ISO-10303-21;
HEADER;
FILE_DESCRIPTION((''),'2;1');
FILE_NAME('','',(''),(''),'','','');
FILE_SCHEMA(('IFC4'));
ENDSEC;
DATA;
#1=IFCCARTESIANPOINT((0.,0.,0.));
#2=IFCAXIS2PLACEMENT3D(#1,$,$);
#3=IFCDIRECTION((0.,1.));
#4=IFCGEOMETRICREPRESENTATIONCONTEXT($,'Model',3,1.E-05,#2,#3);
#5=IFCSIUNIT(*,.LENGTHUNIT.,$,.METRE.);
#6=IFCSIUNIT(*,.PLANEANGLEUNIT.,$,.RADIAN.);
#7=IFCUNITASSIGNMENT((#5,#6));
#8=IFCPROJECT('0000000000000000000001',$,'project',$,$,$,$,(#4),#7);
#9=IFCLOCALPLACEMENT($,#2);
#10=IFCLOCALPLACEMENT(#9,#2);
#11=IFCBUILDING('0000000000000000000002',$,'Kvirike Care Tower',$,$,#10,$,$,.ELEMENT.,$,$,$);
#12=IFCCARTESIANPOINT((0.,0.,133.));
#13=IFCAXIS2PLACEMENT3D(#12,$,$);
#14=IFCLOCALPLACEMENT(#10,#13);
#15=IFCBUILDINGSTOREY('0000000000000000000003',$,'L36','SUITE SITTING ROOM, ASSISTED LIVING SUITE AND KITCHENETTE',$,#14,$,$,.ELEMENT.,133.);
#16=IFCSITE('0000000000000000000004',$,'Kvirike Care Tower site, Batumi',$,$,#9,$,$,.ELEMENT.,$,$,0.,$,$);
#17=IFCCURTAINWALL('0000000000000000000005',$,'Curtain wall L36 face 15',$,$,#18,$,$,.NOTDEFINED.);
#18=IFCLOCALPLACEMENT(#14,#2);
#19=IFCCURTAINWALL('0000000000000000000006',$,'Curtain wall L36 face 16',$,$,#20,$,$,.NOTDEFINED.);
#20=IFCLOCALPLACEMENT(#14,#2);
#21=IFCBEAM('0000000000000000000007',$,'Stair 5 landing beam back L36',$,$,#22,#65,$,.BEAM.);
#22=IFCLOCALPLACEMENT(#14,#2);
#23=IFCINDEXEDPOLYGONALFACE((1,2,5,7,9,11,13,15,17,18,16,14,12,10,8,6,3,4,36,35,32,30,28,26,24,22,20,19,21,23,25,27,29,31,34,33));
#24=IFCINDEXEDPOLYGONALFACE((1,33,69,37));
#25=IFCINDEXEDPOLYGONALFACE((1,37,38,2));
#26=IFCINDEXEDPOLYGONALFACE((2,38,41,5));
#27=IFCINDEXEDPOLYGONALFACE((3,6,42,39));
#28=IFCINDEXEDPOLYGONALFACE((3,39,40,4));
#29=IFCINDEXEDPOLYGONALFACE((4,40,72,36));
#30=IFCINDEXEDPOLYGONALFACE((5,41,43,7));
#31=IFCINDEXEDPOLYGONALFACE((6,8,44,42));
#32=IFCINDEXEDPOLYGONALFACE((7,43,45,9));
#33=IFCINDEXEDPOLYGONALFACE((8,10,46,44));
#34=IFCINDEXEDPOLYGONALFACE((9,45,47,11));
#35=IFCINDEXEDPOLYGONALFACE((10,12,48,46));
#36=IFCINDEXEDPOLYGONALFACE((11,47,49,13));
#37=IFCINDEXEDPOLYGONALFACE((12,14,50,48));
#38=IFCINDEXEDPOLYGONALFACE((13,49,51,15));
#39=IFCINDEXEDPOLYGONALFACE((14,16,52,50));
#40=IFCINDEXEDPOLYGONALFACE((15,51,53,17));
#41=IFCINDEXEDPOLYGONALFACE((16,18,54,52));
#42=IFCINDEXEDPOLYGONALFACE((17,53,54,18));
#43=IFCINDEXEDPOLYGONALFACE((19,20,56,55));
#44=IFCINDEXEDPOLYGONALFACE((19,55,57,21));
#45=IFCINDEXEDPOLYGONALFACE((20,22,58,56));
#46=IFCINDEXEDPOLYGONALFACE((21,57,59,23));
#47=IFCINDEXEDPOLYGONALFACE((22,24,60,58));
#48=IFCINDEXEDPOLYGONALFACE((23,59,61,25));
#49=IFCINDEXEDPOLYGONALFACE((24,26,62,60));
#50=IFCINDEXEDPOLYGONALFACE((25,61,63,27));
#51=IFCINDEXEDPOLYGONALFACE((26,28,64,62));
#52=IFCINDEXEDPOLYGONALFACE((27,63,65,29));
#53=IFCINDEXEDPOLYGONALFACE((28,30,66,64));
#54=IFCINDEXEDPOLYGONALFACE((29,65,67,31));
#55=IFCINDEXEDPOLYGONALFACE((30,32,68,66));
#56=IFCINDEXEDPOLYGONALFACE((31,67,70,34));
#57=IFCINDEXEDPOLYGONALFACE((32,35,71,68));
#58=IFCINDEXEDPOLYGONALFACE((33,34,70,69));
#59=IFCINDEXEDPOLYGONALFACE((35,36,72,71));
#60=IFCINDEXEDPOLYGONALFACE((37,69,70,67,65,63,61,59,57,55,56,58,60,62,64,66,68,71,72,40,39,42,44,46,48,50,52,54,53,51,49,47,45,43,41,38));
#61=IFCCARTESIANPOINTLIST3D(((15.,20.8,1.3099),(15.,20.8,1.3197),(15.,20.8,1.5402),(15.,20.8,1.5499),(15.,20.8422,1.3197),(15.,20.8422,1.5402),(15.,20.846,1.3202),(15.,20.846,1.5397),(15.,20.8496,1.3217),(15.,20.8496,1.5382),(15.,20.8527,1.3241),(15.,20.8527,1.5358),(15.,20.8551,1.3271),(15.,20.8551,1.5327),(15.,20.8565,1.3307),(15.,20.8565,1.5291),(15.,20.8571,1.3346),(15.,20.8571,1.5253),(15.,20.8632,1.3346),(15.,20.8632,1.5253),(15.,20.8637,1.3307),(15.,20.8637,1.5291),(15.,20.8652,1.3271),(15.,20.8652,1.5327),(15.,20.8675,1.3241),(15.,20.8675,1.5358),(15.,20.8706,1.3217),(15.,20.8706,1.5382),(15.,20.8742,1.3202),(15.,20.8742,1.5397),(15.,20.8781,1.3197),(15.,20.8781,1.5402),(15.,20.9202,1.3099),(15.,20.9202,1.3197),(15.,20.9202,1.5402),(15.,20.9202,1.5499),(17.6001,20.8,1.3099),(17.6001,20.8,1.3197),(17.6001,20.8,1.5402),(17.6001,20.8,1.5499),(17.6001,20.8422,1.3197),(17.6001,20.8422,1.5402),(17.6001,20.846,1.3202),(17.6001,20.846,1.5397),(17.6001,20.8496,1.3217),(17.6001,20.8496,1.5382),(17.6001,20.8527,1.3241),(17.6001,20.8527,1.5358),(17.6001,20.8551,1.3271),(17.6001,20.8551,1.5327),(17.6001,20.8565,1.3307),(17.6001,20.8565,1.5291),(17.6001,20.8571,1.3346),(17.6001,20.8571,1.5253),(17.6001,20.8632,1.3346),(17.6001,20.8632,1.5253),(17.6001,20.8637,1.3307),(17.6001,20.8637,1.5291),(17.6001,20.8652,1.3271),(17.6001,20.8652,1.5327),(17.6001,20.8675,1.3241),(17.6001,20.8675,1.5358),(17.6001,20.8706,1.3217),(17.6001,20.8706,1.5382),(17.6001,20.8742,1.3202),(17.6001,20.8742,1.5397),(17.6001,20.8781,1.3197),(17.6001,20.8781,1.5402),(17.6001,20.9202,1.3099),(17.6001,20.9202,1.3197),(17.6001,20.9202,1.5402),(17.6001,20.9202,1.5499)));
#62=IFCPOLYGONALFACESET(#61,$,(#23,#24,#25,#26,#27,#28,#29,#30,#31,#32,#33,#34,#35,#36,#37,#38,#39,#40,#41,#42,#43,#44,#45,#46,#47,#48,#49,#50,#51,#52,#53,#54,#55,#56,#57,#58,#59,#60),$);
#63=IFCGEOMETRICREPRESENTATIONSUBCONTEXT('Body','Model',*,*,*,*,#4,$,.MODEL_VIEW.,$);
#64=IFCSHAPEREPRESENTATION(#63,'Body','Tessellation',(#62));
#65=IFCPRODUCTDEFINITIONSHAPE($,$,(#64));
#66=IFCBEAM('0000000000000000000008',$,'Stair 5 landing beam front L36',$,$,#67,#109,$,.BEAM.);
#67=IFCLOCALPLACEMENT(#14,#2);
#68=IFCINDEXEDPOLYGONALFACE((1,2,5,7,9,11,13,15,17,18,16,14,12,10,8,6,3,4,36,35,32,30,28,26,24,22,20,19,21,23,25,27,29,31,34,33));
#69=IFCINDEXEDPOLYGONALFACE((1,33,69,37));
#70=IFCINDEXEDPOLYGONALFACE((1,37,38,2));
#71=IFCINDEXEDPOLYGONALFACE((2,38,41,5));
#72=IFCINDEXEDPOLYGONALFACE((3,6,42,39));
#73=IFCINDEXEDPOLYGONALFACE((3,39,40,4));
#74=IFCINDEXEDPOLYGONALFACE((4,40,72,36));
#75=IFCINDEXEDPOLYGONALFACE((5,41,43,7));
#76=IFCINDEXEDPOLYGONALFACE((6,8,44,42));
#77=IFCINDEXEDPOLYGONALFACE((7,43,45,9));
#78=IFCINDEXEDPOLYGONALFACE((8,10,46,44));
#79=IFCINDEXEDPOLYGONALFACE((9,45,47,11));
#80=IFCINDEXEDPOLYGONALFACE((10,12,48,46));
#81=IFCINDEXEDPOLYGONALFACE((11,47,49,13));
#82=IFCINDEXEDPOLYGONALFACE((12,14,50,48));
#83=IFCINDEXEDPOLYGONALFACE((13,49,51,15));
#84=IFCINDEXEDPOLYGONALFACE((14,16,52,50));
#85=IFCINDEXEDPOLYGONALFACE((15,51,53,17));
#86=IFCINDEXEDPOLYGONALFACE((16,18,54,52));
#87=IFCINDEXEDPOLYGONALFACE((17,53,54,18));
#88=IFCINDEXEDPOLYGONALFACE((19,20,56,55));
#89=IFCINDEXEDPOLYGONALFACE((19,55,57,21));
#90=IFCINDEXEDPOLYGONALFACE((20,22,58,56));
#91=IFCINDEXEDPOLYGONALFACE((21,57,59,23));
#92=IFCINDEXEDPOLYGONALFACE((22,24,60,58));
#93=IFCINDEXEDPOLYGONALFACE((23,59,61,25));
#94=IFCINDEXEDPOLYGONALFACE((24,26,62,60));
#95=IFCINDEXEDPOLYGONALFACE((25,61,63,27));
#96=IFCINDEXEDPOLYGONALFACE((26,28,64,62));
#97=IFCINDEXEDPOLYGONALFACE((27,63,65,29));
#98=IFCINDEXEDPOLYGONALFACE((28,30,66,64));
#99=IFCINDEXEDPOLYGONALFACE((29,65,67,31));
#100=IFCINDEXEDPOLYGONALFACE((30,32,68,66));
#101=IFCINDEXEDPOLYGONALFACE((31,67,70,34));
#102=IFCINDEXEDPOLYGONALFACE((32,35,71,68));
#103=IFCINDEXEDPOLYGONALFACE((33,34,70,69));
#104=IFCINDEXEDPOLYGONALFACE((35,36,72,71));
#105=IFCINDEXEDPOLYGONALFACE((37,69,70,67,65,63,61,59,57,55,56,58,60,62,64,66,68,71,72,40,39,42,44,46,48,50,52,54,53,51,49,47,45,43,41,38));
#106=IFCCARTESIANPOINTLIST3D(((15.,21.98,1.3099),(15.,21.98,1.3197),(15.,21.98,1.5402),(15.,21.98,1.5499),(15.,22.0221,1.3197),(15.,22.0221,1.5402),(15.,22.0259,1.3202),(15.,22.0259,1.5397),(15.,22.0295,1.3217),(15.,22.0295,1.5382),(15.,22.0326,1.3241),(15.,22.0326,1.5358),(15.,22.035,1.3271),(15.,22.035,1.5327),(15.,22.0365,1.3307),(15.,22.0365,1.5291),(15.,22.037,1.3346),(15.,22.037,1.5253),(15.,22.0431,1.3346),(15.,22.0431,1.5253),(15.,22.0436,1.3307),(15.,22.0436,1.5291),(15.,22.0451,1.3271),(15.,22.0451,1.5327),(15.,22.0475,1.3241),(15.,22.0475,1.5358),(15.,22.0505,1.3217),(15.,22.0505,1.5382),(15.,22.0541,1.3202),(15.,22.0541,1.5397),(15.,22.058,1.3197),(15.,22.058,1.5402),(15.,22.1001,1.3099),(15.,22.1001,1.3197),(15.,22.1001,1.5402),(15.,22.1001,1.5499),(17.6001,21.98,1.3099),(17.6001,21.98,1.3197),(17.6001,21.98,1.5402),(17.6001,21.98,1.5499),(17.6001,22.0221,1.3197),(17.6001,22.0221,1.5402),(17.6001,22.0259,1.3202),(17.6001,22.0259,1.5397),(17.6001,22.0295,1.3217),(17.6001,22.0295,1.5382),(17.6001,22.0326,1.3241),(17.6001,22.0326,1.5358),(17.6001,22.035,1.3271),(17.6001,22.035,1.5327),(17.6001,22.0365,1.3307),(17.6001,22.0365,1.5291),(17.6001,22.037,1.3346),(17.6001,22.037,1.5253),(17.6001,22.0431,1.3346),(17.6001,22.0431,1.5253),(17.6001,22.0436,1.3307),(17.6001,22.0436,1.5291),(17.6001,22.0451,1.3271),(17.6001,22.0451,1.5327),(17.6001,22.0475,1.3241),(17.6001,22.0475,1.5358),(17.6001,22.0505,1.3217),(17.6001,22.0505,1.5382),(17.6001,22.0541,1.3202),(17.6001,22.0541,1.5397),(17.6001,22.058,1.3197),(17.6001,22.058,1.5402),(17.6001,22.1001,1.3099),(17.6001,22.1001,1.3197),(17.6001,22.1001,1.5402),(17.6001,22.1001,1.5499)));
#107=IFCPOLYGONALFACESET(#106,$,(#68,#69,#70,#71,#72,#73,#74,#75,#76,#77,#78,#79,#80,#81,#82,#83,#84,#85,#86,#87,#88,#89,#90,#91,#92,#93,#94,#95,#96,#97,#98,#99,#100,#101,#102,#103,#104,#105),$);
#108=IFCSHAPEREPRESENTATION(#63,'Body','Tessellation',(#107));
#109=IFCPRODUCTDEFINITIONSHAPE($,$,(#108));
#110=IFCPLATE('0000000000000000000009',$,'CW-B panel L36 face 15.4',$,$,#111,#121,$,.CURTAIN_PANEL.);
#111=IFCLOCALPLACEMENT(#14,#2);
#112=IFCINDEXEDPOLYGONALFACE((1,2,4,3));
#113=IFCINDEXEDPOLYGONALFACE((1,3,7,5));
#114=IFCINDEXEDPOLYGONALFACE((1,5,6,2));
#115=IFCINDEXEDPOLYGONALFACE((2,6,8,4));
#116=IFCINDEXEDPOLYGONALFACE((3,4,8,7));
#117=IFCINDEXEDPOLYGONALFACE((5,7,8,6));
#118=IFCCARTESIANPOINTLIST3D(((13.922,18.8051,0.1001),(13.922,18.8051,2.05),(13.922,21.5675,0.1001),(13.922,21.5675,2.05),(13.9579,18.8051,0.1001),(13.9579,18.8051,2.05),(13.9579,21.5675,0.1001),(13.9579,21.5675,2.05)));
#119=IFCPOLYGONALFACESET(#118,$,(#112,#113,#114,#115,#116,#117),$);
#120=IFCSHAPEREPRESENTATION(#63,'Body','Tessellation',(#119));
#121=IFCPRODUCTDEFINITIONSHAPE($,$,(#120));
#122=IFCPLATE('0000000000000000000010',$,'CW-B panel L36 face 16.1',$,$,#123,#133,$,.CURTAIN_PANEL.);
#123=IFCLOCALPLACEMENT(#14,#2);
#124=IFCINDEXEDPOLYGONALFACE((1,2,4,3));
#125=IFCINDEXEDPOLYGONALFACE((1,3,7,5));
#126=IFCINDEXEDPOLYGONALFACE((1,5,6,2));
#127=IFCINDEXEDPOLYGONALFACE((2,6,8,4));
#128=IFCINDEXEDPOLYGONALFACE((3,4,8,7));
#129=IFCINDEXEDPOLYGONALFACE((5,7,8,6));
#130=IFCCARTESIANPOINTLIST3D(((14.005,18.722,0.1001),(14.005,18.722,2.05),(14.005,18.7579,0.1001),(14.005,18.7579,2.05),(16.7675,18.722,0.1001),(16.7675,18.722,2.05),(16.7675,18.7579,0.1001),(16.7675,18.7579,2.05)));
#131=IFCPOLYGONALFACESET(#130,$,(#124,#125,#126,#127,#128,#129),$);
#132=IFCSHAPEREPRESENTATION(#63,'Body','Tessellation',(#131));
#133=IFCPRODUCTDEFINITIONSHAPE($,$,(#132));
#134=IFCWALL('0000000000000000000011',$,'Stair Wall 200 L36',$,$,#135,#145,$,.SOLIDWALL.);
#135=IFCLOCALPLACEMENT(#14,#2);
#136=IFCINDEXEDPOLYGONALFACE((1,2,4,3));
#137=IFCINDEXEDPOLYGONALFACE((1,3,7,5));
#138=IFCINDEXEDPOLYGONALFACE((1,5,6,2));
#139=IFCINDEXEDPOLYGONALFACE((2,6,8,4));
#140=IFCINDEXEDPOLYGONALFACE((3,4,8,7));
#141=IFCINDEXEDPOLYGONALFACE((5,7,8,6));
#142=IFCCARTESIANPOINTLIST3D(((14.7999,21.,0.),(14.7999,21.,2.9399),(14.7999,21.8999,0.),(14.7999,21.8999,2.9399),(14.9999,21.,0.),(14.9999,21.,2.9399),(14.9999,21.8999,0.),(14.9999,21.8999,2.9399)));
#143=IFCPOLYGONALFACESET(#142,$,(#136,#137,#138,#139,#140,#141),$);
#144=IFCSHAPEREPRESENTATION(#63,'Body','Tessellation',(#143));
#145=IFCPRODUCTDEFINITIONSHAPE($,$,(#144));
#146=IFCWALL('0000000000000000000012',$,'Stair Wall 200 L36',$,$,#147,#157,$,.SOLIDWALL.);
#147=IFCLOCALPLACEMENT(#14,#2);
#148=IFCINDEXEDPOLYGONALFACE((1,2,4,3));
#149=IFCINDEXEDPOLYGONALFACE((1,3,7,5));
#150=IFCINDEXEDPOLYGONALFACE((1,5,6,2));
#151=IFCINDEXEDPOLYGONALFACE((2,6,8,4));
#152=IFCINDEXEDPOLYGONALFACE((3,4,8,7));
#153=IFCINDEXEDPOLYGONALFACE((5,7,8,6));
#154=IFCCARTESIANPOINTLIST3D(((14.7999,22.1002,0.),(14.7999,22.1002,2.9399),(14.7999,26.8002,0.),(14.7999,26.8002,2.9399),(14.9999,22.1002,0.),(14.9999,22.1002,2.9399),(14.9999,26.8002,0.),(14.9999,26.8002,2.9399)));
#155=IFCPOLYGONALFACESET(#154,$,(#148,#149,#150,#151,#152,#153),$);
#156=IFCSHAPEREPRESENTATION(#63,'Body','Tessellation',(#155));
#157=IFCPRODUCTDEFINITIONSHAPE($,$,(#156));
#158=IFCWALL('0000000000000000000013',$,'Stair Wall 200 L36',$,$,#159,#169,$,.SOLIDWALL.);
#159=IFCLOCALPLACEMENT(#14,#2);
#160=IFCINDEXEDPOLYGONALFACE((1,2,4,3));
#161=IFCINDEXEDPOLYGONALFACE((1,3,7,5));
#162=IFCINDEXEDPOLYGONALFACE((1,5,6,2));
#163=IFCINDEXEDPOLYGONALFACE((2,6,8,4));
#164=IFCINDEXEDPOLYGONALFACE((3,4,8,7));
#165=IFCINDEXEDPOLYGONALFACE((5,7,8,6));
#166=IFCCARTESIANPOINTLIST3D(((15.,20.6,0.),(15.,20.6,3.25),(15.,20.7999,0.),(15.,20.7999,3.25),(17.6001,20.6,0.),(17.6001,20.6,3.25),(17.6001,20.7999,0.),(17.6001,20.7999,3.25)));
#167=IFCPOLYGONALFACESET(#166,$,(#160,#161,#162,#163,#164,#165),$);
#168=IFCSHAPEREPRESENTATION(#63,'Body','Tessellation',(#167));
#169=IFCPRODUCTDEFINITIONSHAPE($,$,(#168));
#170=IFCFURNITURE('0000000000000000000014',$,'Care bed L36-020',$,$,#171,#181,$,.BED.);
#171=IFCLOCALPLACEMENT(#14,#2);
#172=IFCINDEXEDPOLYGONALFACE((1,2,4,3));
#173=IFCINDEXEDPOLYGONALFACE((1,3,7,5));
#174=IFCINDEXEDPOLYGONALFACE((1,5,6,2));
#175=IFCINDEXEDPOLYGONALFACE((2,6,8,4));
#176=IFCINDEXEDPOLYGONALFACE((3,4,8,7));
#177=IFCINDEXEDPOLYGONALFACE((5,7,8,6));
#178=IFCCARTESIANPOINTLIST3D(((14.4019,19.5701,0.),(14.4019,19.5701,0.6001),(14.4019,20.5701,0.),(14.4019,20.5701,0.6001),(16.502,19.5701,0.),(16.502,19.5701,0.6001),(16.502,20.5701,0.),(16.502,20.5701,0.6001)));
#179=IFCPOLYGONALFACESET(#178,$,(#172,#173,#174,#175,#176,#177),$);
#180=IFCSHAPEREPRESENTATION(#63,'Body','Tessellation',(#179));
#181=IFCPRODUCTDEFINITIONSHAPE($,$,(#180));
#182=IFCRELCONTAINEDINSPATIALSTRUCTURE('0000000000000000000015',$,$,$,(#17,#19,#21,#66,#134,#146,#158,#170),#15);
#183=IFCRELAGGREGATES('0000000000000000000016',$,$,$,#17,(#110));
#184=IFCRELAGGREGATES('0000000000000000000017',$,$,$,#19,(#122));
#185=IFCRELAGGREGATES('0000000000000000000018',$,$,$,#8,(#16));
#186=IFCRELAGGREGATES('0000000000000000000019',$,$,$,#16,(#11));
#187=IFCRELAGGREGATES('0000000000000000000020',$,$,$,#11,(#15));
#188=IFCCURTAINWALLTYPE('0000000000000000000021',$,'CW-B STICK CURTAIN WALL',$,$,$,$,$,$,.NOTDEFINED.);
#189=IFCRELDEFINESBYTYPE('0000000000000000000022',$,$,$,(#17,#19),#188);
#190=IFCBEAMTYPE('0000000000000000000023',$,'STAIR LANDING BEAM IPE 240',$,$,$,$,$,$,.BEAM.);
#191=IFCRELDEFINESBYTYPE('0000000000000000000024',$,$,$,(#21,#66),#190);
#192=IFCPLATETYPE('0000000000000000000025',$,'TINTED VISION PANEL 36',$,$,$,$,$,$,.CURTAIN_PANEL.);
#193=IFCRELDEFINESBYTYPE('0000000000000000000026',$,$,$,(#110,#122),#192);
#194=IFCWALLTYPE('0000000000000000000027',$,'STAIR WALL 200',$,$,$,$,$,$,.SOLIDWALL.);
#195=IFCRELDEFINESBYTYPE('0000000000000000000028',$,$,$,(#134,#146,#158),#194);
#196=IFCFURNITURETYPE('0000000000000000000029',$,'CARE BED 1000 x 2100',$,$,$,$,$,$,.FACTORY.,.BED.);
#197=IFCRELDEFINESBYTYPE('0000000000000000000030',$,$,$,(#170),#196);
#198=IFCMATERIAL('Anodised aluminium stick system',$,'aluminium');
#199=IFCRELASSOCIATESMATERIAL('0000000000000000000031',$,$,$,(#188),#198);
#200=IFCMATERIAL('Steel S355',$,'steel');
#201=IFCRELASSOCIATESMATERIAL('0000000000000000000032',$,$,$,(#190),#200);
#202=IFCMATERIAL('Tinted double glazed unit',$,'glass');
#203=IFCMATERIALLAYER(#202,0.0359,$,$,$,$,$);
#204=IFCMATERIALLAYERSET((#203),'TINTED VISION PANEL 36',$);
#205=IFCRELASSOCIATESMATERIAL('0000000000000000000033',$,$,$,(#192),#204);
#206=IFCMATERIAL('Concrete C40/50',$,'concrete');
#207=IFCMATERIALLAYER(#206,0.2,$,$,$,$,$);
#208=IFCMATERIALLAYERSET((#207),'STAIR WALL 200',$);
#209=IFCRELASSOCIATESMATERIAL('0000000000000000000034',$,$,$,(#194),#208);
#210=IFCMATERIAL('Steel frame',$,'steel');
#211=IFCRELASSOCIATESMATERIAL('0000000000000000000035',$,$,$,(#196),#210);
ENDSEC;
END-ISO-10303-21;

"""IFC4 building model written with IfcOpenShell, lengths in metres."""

from ifc_helpers import new_model, si_unit, direction, frame, frame_2d, origin, origin_2d, place, context, subcontext, project, spatial, rectangle, i_section, extrude, material, layer, layer_set, material_profile, profile_set, type_object, element, aggregate, save


model = new_model("IFC4")

# Units and contexts
model_context = context("Model", 3, precision=1e-05, world=origin(), true_north=direction((0.0, 1.0)))
body_context = subcontext(model_context, "Body", "Model", "MODEL_VIEW")
ifc_project = project(units=[si_unit("LENGTHUNIT", "METRE"), si_unit("PLANEANGLEUNIT", "RADIAN")], contexts=[model_context])

# Site, building, storey
site_placement = place(None, origin())
site = spatial("IfcSite", under=ifc_project, at=site_placement, Name="Kvirike Care Tower site, Batumi", CompositionType="ELEMENT", RefElevation=0.0)
building_placement = place(site_placement, origin())
building = spatial("IfcBuilding", under=site, at=building_placement, Name="Kvirike Care Tower", CompositionType="ELEMENT")
storey_placement = place(building_placement, frame((0.0, 0.0, 133.0)))
storey = spatial("IfcBuildingStorey", under=building, at=storey_placement, Name="L36", Description="SUITE SITTING ROOM, ASSISTED LIVING SUITE AND KITCHENETTE", CompositionType="ELEMENT", Elevation=133.0)

# Curtain wall
ifc_material_1 = material(Name="Anodised aluminium stick system", Category="aluminium")
curtain_wall_type = type_object("IfcCurtainWallType", Name="CW-B STICK CURTAIN WALL", PredefinedType="NOTDEFINED", material=ifc_material_1)
curtain_wall_1_placement = place(storey_placement, origin())
curtain_wall_1 = element("IfcCurtainWall", 1, at=curtain_wall_1_placement, inside=storey, type_object=curtain_wall_type, Name="Curtain wall L36 face 15", PredefinedType="NOTDEFINED")

# Curtain wall
curtain_wall_2_placement = place(storey_placement, origin())
curtain_wall_2 = element("IfcCurtainWall", 2, at=curtain_wall_2_placement, inside=storey, type_object=curtain_wall_type, Name="Curtain wall L36 face 16", PredefinedType="NOTDEFINED")

# Beams
ifc_material_2 = material(Name="Steel S355", Category="steel")
ifc_material_profile_1 = material_profile(ifc_material_2, i_section(OverallWidth=0.1201, OverallDepth=0.24, WebThickness=0.0061, FlangeThickness=0.0098, FilletRadius=0.0149, at=origin_2d()), Name="IPE 240")
ifc_profile_set_1 = profile_set([ifc_material_profile_1], Name="Steel S355")
beam_type_1 = type_object("IfcBeamType", Name="STAIR LANDING BEAM IPE 240", PredefinedType="BEAM", material=ifc_profile_set_1)
for number, where, z_axis, x_axis, name in (
    (3, (15.0, 20.8601, 1.4299), (1.0, 0.0, 0.0), (0.0, 1.0, 0.0), "Stair 5 landing beam back L36"),
    (4, (15.0, 22.04, 1.4299), (1.0, 0.0, 0.0), (0.0, 1.0, 0.0), "Stair 5 landing beam front L36"),
):
    element("IfcBeam", number, at=place(storey_placement, frame(where, z_axis=z_axis, x_axis=x_axis)), inside=storey, type_object=beam_type_1, Name=name, PredefinedType="BEAM", context=body_context, shape_type="SweptSolid", body=[
        extrude(i_section(OverallWidth=0.1201, OverallDepth=0.24, WebThickness=0.0061, FlangeThickness=0.0098, FilletRadius=0.0149, at=origin_2d()), origin(), (0.0, 0.0, 1.0), 2.6001),
    ])

# Plates
ifc_material_3 = material(Name="Tinted double glazed unit", Category="glass")
ifc_layer_1 = layer(ifc_material_3, 0.0359)
ifc_layer_set_1 = layer_set([ifc_layer_1], Name="TINTED VISION PANEL 36")
plate_type = type_object("IfcPlateType", Name="TINTED VISION PANEL 36", PredefinedType="CURTAIN_PANEL", material=ifc_layer_set_1)
plate_1_placement = place(storey_placement, frame((13.9399, 20.1863, 0.1001), z_axis=(0.0, 0.0, 1.0), x_axis=(0.0, -1.0, 0.0)))
plate_1 = element("IfcPlate", 5, at=plate_1_placement, type_object=plate_type, Name="CW-B panel L36 face 15.4", PredefinedType="CURTAIN_PANEL", context=body_context, shape_type="SweptSolid", body=[
    extrude(rectangle(XDim=2.7625, YDim=0.0359, at=origin_2d()), origin(), (0.0, 0.0, 1.0), 1.95),
])
aggregate(curtain_wall_1, [plate_1])
plate_2_placement = place(storey_placement, frame((15.3862, 18.74, 0.1001), z_axis=(0.0, 0.0, 1.0), x_axis=(1.0, 0.0, 0.0)))
plate_2 = element("IfcPlate", 6, at=plate_2_placement, type_object=plate_type, Name="CW-B panel L36 face 16.1", PredefinedType="CURTAIN_PANEL", context=body_context, shape_type="SweptSolid", body=[
    extrude(rectangle(XDim=2.7625, YDim=0.0359, at=origin_2d()), origin(), (0.0, 0.0, 1.0), 1.95),
])
aggregate(curtain_wall_2, [plate_2])

# Walls
ifc_material_4 = material(Name="Concrete C40/50", Category="concrete")
ifc_layer_2 = layer(ifc_material_4, 0.2)
ifc_layer_set_2 = layer_set([ifc_layer_2], Name="STAIR WALL 200")
wall_type = type_object("IfcWallType", Name="STAIR WALL 200", PredefinedType="SOLIDWALL", material=ifc_layer_set_2)
wall_1_placement = place(storey_placement, frame((14.8999, 21.0, 0.0), z_axis=(0.0, 0.0, 1.0), x_axis=(0.0, 1.0, 0.0)))
element("IfcWall", 7, at=wall_1_placement, inside=storey, type_object=wall_type, Name="Stair Wall 200 L36", PredefinedType="SOLIDWALL", context=body_context, shape_type="SweptSolid", body=[
    extrude(rectangle(XDim=0.8999, YDim=0.2, at=frame_2d((0.45, 0.0))), origin(), (0.0, 0.0, 1.0), 2.9399),
])
wall_2_placement = place(storey_placement, frame((14.8999, 22.1001, 0.0), z_axis=(0.0, 0.0, 1.0), x_axis=(0.0, 1.0, 0.0)))
element("IfcWall", 8, at=wall_2_placement, inside=storey, type_object=wall_type, Name="Stair Wall 200 L36", PredefinedType="SOLIDWALL", context=body_context, shape_type="SweptSolid", body=[
    extrude(rectangle(XDim=4.7, YDim=0.2, at=frame_2d((2.3501, 0.0))), origin(), (0.0, 0.0, 1.0), 2.9399),
])
wall_3_placement = place(storey_placement, frame((15.0, 20.7, 0.0), z_axis=(0.0, 0.0, 1.0), x_axis=(1.0, 0.0, 0.0)))
element("IfcWall", 9, at=wall_3_placement, inside=storey, type_object=wall_type, Name="Stair Wall 200 L36", PredefinedType="SOLIDWALL", context=body_context, shape_type="SweptSolid", body=[
    extrude(rectangle(XDim=2.6001, YDim=0.2, at=frame_2d((1.3, 0.0))), origin(), (0.0, 0.0, 1.0), 3.25),
])

# Furniture
ifc_material_5 = material(Name="Steel frame", Category="steel")
furniture_type = type_object("IfcFurnitureType", Name="CARE BED 1000 x 2100", AssemblyPlace="FACTORY", PredefinedType="BED", material=ifc_material_5)
furniture_placement = place(storey_placement, frame((15.4519, 20.0701, 0.0), z_axis=(0.0, 0.0, 1.0), x_axis=(0.0, 1.0, 0.0)))
element("IfcFurniture", 10, at=furniture_placement, inside=storey, type_object=furniture_type, Name="Care bed L36-020", PredefinedType="BED", context=body_context, shape_type="SweptSolid", body=[
    extrude(rectangle(XDim=1.0, YDim=2.1001, at=origin_2d()), origin(), (0.0, 0.0, 1.0), 0.6001),
])

save(model, "model.ifc")
